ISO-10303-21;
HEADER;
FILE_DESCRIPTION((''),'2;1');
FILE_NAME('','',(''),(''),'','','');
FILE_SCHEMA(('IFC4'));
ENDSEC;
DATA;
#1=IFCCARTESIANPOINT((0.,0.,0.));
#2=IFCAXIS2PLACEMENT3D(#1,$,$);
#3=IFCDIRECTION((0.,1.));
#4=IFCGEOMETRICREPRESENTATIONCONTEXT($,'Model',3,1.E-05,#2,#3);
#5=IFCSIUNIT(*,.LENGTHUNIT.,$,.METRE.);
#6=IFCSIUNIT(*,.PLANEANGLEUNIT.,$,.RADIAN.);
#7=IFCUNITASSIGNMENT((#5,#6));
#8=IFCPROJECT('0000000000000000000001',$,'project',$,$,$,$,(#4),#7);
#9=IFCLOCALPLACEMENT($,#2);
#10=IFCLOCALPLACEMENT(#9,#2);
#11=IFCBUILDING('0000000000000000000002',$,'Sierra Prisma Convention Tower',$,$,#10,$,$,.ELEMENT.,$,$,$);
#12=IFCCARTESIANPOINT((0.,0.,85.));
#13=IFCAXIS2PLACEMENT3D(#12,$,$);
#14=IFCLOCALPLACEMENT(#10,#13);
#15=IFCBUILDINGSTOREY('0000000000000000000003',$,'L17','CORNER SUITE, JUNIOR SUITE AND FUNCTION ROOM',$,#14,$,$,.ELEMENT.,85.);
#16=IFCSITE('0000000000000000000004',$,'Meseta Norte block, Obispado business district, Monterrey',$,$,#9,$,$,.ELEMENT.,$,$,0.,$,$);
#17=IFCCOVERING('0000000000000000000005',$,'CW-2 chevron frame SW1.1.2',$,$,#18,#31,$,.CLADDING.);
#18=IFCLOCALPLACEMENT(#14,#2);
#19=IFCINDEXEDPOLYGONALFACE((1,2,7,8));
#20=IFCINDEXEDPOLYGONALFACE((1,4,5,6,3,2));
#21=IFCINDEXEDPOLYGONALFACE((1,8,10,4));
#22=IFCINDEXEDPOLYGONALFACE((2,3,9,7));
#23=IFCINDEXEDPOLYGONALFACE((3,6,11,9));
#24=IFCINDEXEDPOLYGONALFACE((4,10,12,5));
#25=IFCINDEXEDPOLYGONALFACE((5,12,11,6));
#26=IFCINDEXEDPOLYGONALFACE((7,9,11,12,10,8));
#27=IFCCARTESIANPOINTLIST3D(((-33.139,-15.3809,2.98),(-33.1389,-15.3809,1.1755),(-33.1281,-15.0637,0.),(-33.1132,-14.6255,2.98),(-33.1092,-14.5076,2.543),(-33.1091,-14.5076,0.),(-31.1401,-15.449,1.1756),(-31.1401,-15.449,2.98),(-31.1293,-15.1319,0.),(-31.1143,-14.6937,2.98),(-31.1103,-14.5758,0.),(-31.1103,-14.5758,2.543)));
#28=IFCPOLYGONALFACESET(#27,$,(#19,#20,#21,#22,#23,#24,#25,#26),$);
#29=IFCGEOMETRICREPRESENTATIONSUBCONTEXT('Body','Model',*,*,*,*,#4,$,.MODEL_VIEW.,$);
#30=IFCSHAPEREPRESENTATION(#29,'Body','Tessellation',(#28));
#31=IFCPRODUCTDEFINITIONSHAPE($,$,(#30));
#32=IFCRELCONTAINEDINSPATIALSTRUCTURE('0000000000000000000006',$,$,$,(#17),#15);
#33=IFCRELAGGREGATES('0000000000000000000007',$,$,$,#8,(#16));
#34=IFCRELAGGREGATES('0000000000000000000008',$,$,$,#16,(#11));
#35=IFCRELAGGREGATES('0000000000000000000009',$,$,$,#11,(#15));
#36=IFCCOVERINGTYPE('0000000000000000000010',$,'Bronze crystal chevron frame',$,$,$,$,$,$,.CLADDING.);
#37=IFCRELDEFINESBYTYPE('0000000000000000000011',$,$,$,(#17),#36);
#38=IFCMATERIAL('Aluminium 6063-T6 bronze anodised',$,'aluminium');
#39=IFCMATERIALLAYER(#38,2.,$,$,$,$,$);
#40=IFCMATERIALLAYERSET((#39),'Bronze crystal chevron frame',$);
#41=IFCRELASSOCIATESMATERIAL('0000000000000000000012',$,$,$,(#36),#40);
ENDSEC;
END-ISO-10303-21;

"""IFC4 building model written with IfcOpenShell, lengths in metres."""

from ifc_helpers import new_model, si_unit, direction, frame, origin, place, context, subcontext, project, spatial, polyline, outline, extrude, material, layer, layer_set, type_object, element, save


model = new_model("IFC4")

# Units and contexts
model_context = context("Model", 3, precision=1e-05, world=origin(), true_north=direction((0.0, 1.0)))
body_context = subcontext(model_context, "Body", "Model", "MODEL_VIEW")
ifc_project = project(units=[si_unit("LENGTHUNIT", "METRE"), si_unit("PLANEANGLEUNIT", "RADIAN")], contexts=[model_context])

# Site, building, storey
site_placement = place(None, origin())
site = spatial("IfcSite", under=ifc_project, at=site_placement, Name="Meseta Norte block, Obispado business district, Monterrey", CompositionType="ELEMENT", RefElevation=0.0)
building_placement = place(site_placement, origin())
building = spatial("IfcBuilding", under=site, at=building_placement, Name="Sierra Prisma Convention Tower", CompositionType="ELEMENT")
storey_placement = place(building_placement, frame((0.0, 0.0, 85.0)))
storey = spatial("IfcBuildingStorey", under=building, at=storey_placement, Name="L17", Description="CORNER SUITE, JUNIOR SUITE AND FUNCTION ROOM", CompositionType="ELEMENT", Elevation=85.0)

# Covering
ifc_material_1 = material(Name="Aluminium 6063-T6 bronze anodised", Category="aluminium")
ifc_layer_1 = layer(ifc_material_1, 2.0)
ifc_layer_set_1 = layer_set([ifc_layer_1], Name="Bronze crystal chevron frame")
covering_type = type_object("IfcCoveringType", Name="Bronze crystal chevron frame", PredefinedType="CLADDING", material=ifc_layer_set_1)
covering_1_placement = place(storey_placement, frame((-33.1091, -14.5076, 0.0), z_axis=(-0.999419, 0.034094, -0.00001), x_axis=(-0.034094, -0.999419, 0.0)))
element("IfcCovering", 1, at=covering_1_placement, inside=storey, type_object=covering_type, Name="CW-2 chevron frame SW1.1.2", PredefinedType="CLADDING", context=body_context, shape_type="SweptSolid", body=[
    extrude(outline(polyline([(0.0, 0.0), (0.5565, 0.0), (0.8738, 1.1755), (0.8738, 2.98), (0.118, 2.98), (0.0, 2.543), (0.0, 0.0)])), origin(), (0.0, 0.0, -1.0), 2.0),
])

save(model, "model.ifc")
